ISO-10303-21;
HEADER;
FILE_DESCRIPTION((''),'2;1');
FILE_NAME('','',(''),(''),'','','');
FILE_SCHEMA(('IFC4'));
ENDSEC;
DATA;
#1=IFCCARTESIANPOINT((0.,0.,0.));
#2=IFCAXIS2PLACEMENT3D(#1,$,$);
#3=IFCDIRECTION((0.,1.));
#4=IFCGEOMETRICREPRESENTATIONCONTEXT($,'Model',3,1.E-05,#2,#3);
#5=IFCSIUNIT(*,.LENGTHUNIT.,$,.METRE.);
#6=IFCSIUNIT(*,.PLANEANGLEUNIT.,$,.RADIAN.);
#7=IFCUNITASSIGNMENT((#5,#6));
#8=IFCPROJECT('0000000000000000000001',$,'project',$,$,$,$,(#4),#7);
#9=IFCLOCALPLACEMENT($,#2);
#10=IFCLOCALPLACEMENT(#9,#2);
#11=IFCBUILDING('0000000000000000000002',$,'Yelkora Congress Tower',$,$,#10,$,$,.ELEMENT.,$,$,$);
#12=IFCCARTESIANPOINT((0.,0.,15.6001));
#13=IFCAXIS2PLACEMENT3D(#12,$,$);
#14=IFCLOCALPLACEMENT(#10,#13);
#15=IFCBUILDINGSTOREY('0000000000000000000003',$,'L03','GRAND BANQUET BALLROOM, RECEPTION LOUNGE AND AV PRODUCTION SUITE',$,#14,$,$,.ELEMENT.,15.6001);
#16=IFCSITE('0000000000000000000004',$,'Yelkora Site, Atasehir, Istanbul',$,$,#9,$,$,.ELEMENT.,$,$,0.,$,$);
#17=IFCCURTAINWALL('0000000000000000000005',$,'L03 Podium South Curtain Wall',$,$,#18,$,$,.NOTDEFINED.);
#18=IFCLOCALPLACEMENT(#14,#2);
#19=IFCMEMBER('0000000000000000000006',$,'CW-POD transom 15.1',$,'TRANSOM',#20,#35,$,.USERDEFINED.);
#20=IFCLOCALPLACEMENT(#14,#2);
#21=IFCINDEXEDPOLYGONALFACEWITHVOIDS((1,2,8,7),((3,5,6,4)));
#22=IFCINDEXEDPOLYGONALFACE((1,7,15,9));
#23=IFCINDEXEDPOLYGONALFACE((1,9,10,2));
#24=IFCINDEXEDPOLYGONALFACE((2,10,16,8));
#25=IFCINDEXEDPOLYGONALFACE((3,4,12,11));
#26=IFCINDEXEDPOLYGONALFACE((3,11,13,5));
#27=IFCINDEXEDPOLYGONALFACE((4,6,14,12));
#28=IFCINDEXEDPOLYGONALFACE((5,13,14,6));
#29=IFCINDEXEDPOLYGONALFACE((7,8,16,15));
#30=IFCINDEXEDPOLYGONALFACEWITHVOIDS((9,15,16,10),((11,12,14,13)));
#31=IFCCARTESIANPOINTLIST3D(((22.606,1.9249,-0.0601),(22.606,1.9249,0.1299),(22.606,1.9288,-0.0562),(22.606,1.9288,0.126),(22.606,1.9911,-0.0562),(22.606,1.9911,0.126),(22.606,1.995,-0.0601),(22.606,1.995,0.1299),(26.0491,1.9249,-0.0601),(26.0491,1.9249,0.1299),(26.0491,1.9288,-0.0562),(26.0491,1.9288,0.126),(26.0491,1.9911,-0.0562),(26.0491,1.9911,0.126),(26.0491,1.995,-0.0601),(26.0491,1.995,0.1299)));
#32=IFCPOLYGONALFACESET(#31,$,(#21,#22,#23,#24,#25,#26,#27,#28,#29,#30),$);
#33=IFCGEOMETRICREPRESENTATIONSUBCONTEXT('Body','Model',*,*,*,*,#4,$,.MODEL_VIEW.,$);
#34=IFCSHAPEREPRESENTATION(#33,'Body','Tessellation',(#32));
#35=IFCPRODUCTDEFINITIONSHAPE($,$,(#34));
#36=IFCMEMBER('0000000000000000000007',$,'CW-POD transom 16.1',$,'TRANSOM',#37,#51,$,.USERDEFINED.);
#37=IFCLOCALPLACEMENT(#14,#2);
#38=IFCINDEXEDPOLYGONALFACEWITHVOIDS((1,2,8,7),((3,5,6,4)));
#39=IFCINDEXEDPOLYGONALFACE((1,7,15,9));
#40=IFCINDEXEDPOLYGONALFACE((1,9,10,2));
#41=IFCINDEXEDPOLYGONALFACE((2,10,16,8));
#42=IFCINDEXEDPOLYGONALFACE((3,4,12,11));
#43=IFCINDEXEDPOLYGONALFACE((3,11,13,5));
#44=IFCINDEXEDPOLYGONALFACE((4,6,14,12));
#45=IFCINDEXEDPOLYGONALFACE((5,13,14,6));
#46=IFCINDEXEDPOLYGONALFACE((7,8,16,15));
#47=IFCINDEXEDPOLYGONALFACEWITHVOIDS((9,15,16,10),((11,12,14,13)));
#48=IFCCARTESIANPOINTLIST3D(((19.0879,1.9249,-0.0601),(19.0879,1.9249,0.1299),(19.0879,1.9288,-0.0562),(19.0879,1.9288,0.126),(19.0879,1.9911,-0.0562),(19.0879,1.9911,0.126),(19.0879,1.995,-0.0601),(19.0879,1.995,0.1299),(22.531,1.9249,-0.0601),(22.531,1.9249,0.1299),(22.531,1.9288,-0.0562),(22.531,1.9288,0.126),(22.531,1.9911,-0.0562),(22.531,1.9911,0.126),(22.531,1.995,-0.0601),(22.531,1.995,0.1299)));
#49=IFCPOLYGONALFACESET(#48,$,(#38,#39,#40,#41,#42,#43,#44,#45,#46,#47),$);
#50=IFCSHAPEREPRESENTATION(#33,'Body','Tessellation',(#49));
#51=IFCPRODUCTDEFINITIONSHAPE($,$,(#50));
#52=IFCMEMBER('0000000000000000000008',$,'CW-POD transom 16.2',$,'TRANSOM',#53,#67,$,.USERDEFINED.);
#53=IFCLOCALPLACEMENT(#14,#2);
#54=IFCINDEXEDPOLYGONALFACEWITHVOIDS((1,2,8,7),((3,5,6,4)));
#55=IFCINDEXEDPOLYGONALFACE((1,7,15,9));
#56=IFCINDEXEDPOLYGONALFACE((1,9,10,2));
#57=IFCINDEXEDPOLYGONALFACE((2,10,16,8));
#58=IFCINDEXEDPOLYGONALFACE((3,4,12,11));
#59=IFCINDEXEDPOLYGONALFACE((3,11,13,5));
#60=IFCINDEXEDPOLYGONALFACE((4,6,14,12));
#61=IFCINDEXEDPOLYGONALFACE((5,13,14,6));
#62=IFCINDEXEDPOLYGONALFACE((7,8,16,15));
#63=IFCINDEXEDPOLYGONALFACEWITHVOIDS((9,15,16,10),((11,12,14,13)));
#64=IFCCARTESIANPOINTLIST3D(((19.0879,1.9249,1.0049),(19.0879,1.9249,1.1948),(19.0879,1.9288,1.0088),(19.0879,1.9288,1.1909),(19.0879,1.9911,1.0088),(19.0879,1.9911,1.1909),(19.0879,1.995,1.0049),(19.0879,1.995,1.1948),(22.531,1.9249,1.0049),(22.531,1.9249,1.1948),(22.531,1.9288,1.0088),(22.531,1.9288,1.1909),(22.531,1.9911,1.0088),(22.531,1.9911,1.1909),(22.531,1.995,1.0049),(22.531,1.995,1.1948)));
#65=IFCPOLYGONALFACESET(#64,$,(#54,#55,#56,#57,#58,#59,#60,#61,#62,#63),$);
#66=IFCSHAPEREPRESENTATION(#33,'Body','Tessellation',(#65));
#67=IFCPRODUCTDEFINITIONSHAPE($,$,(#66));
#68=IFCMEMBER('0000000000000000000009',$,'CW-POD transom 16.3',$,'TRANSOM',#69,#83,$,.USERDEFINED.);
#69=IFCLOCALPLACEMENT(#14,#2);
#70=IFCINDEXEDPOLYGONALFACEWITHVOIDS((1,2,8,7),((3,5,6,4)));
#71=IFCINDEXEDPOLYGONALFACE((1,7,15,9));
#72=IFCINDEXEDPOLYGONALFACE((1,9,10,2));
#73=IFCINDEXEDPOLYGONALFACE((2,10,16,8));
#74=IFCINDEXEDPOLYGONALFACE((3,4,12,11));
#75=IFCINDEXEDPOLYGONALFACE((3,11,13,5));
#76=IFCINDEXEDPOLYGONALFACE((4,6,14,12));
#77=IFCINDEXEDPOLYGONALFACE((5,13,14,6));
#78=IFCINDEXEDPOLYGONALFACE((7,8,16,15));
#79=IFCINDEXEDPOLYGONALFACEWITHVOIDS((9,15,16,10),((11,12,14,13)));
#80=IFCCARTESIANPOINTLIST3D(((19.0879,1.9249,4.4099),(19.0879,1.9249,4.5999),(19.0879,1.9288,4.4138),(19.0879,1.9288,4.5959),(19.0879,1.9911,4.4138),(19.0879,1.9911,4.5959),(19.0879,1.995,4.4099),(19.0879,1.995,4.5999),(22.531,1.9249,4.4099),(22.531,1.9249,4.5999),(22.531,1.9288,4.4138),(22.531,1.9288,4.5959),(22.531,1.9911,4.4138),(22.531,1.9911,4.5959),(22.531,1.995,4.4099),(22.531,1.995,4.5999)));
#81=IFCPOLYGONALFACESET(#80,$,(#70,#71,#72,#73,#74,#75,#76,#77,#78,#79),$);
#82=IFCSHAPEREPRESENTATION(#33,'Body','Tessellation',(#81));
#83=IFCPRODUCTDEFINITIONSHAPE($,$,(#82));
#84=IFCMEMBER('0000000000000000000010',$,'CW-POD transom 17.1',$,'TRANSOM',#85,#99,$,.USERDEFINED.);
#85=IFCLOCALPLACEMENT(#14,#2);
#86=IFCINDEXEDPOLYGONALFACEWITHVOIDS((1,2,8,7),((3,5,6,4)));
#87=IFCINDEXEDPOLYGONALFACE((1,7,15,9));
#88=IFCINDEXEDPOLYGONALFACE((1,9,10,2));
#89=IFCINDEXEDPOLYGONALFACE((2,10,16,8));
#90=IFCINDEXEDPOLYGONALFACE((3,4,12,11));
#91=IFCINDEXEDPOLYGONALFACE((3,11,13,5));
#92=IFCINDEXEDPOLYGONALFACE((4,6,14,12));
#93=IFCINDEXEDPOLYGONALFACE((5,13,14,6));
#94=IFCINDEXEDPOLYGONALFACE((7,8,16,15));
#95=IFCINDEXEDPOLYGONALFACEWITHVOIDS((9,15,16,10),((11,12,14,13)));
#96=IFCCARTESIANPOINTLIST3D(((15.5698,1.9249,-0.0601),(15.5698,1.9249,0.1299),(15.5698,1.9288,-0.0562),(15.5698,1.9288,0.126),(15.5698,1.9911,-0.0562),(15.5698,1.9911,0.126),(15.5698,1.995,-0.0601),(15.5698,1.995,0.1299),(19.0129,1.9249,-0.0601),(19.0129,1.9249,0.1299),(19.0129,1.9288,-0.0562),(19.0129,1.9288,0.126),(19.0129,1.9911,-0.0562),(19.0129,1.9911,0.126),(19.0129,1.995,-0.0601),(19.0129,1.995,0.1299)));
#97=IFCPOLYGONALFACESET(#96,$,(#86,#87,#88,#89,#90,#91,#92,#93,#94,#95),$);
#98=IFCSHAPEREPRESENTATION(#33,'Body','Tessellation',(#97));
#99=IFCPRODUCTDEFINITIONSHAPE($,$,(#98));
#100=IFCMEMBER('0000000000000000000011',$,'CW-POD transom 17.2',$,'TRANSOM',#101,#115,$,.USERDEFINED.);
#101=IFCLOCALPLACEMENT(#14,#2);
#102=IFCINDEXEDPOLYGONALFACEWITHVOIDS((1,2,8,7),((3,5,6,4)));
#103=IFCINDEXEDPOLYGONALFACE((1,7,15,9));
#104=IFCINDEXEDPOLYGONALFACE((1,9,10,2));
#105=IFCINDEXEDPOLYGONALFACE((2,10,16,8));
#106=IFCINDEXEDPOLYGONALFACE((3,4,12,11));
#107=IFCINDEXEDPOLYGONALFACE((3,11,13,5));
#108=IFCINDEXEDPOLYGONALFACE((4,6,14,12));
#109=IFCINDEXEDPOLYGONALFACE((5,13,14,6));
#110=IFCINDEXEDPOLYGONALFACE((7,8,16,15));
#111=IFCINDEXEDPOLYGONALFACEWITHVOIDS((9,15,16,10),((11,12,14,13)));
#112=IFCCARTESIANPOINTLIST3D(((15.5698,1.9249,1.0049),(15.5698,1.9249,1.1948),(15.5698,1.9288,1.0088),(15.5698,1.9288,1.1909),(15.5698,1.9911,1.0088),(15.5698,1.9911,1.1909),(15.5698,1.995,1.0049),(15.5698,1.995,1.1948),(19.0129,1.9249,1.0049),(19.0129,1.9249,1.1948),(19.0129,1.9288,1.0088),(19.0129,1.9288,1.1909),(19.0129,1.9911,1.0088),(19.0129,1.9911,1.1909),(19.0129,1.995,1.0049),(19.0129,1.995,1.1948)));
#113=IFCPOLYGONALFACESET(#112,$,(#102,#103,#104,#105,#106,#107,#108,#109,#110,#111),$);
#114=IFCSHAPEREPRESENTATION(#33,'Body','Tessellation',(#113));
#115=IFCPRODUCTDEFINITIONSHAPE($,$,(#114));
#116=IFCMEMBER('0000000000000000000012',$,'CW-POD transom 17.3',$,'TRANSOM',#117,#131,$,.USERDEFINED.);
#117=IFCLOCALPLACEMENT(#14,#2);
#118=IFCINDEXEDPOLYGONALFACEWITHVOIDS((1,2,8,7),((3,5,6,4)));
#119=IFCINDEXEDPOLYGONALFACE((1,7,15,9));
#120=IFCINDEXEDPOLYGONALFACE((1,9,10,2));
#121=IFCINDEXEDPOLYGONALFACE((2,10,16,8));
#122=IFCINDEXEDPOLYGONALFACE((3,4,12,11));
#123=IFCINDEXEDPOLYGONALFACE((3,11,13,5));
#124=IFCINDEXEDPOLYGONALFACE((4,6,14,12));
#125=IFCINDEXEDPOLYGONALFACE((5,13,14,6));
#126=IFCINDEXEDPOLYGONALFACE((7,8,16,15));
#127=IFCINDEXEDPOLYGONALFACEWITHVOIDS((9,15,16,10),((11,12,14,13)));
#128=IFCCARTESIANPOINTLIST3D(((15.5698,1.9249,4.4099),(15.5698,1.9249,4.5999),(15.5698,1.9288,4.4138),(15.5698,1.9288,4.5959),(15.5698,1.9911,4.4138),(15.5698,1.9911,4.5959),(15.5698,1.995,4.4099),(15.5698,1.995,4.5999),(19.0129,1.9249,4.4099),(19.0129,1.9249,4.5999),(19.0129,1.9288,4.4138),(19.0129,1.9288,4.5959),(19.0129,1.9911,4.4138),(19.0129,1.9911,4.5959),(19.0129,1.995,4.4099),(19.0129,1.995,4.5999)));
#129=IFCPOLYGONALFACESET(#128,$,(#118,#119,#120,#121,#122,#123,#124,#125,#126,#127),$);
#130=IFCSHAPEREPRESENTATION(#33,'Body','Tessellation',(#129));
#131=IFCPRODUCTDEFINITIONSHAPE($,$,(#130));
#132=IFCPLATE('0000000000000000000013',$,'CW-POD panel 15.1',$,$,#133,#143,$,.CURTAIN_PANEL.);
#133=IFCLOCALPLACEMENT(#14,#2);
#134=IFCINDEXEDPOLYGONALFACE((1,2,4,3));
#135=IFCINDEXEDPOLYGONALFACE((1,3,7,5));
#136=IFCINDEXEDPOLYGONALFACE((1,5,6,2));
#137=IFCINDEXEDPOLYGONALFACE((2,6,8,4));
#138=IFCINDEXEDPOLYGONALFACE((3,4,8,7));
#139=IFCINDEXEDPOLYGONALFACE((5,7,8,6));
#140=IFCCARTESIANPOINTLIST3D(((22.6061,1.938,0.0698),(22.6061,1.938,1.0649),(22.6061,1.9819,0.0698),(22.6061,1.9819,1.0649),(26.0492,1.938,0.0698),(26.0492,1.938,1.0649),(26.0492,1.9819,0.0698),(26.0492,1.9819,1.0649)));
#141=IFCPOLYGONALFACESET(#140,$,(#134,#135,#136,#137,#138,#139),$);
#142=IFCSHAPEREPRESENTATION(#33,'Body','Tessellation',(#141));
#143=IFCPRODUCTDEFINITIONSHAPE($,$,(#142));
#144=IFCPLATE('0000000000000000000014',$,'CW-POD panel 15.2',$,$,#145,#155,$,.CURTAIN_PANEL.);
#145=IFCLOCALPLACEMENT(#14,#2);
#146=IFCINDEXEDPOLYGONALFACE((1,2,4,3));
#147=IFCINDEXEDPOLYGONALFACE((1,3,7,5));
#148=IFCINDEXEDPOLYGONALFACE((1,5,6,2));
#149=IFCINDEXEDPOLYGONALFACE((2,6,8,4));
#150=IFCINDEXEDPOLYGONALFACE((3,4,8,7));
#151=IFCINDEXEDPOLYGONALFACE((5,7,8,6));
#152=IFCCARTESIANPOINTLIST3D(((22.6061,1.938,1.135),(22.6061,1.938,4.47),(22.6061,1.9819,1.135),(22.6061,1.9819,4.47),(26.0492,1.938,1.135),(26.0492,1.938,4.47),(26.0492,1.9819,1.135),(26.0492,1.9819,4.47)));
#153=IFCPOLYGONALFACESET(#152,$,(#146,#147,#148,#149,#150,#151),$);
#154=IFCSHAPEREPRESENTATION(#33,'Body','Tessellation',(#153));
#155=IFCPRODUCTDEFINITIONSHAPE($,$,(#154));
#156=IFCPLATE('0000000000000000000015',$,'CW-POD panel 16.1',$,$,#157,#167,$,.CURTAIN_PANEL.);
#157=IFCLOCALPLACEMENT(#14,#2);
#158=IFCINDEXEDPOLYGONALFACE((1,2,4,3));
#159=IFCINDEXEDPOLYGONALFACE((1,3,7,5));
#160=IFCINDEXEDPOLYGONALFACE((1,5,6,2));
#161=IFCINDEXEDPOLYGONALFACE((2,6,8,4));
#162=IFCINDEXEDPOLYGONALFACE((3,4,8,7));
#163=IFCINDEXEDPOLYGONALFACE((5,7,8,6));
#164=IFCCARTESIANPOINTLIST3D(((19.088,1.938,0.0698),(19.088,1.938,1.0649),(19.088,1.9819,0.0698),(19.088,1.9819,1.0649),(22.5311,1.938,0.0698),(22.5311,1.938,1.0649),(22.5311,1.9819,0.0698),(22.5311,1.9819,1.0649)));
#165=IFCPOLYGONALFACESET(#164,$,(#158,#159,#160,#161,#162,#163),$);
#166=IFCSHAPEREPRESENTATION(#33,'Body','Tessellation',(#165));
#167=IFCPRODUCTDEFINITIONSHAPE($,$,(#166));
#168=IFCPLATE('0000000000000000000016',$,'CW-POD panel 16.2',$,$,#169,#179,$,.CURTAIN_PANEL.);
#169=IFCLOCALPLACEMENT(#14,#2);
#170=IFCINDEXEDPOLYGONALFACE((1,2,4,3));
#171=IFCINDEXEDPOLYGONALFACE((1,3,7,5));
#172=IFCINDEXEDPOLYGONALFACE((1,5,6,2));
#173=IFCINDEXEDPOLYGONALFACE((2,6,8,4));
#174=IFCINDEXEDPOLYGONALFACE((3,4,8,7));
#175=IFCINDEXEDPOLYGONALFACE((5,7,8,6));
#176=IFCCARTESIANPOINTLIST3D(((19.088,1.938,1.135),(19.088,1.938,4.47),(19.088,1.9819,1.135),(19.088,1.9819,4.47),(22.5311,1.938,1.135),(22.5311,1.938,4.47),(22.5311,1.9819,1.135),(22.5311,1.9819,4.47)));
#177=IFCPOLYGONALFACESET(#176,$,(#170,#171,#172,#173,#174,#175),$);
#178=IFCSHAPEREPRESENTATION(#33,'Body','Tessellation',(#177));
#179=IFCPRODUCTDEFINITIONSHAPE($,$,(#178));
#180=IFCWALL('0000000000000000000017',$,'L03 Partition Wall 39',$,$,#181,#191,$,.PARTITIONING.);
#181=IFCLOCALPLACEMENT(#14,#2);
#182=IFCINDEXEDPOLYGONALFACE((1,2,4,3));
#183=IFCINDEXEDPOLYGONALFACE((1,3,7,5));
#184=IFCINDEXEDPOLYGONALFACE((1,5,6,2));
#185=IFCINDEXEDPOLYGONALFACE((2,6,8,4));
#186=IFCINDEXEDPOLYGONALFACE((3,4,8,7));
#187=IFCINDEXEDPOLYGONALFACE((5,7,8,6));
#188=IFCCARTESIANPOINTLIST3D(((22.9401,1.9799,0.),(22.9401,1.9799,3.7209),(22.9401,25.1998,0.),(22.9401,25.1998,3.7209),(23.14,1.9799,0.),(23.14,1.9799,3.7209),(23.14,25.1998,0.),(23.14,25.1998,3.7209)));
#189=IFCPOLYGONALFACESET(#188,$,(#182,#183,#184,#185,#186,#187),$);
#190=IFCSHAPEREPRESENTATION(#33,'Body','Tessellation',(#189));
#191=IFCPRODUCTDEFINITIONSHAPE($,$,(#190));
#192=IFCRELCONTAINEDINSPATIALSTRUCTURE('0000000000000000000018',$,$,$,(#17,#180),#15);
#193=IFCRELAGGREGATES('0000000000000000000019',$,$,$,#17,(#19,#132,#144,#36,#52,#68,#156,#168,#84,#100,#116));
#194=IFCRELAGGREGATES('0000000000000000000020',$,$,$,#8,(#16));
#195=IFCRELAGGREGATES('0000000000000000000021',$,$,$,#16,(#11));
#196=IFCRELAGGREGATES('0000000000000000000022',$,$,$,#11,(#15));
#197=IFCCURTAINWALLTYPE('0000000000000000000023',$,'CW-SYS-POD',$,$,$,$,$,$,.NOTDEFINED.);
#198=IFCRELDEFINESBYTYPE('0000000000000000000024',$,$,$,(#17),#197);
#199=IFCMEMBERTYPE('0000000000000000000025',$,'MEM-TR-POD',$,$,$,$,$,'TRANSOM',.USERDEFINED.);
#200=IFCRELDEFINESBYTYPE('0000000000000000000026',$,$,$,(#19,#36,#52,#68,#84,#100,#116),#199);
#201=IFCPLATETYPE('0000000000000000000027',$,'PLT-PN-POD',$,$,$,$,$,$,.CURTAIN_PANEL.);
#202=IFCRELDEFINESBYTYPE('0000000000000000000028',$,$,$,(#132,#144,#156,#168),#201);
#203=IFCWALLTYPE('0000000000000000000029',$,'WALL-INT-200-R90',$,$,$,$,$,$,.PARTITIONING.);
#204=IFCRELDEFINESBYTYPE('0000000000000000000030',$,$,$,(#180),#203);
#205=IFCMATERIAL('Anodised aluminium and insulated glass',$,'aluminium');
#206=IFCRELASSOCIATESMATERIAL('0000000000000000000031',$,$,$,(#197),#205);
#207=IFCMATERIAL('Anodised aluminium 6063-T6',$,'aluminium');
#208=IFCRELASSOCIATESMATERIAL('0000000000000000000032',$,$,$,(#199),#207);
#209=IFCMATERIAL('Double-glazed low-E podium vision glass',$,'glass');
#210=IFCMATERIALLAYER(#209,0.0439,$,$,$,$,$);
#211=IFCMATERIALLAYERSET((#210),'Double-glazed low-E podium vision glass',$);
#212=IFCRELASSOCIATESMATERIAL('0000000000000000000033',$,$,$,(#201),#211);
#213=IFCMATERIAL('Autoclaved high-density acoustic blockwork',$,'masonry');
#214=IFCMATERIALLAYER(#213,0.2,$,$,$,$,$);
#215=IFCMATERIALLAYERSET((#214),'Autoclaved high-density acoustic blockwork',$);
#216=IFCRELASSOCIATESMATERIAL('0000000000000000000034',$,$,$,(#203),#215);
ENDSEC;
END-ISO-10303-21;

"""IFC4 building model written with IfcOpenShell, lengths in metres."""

from ifc_helpers import new_model, si_unit, direction, frame, frame_2d, origin, origin_2d, place, context, subcontext, project, spatial, rectangle, hollow_rectangle, extrude, material, layer, layer_set, material_profile, profile_set, type_object, element, aggregate, save


model = new_model("IFC4")

# Units and contexts
model_context = context("Model", 3, precision=1e-05, world=origin(), true_north=direction((0.0, 1.0)))
body_context = subcontext(model_context, "Body", "Model", "MODEL_VIEW")
ifc_project = project(units=[si_unit("LENGTHUNIT", "METRE"), si_unit("PLANEANGLEUNIT", "RADIAN")], contexts=[model_context])

# Site, building, storey
site_placement = place(None, origin())
site = spatial("IfcSite", under=ifc_project, at=site_placement, Name="Yelkora Site, Atasehir, Istanbul", CompositionType="ELEMENT", RefElevation=0.0)
building_placement = place(site_placement, origin())
building = spatial("IfcBuilding", under=site, at=building_placement, Name="Yelkora Congress Tower", CompositionType="ELEMENT")
storey_placement = place(building_placement, frame((0.0, 0.0, 15.6001)))
storey = spatial("IfcBuildingStorey", under=building, at=storey_placement, Name="L03", Description="GRAND BANQUET BALLROOM, RECEPTION LOUNGE AND AV PRODUCTION SUITE", CompositionType="ELEMENT", Elevation=15.6001)

# Curtain wall, members, plates
ifc_material_1 = material(Name="Anodised aluminium and insulated glass", Category="aluminium")
curtain_wall_type = type_object("IfcCurtainWallType", Name="CW-SYS-POD", PredefinedType="NOTDEFINED", material=ifc_material_1)
curtain_wall_placement = place(storey_placement, origin())
curtain_wall = element("IfcCurtainWall", 1, at=curtain_wall_placement, inside=storey, type_object=curtain_wall_type, Name="L03 Podium South Curtain Wall", PredefinedType="NOTDEFINED")
ifc_material_2 = material(Name="Anodised aluminium 6063-T6", Category="aluminium")
ifc_material_profile_1 = material_profile(ifc_material_2, hollow_rectangle(XDim=0.0701, YDim=0.1899, WallThickness=0.0039, at=origin_2d()), Name="ALU 70x190x4")
ifc_profile_set_1 = profile_set([ifc_material_profile_1], Name="Anodised aluminium 6063-T6")
member_type_1 = type_object("IfcMemberType", Name="MEM-TR-POD", ElementType="TRANSOM", PredefinedType="USERDEFINED", material=ifc_profile_set_1)
member_1_placement = place(storey_placement, frame((26.0491, 1.96, 0.0349), z_axis=(-1.0, 0.0, 0.0), x_axis=(0.0, -1.0, 0.0)))
member_1 = element("IfcMember", 2, at=member_1_placement, type_object=member_type_1, Name="CW-POD transom 15.1", ObjectType="TRANSOM", PredefinedType="USERDEFINED", context=body_context, shape_type="SweptSolid", body=[
    extrude(hollow_rectangle(XDim=0.0701, YDim=0.1899, WallThickness=0.0039, at=origin_2d()), origin(), (0.0, 0.0, 1.0), 3.4431),
])
member_2_placement = place(storey_placement, frame((22.531, 1.96, 0.0349), z_axis=(-1.0, 0.0, 0.0), x_axis=(0.0, -1.0, 0.0)))
member_2 = element("IfcMember", 3, at=member_2_placement, type_object=member_type_1, Name="CW-POD transom 16.1", ObjectType="TRANSOM", PredefinedType="USERDEFINED", context=body_context, shape_type="SweptSolid", body=[
    extrude(hollow_rectangle(XDim=0.0701, YDim=0.1899, WallThickness=0.0039, at=origin_2d()), origin(), (0.0, 0.0, 1.0), 3.4431),
])
member_3_placement = place(storey_placement, frame((22.531, 1.96, 1.0999), z_axis=(-1.0, 0.0, 0.0), x_axis=(0.0, -1.0, 0.0)))
member_3 = element("IfcMember", 4, at=member_3_placement, type_object=member_type_1, Name="CW-POD transom 16.2", ObjectType="TRANSOM", PredefinedType="USERDEFINED", context=body_context, shape_type="SweptSolid", body=[
    extrude(hollow_rectangle(XDim=0.0701, YDim=0.1899, WallThickness=0.0039, at=origin_2d()), origin(), (0.0, 0.0, 1.0), 3.4431),
])
member_4_placement = place(storey_placement, frame((22.531, 1.96, 4.5049), z_axis=(-1.0, 0.0, 0.0), x_axis=(0.0, -1.0, 0.0)))
member_4 = element("IfcMember", 5, at=member_4_placement, type_object=member_type_1, Name="CW-POD transom 16.3", ObjectType="TRANSOM", PredefinedType="USERDEFINED", context=body_context, shape_type="SweptSolid", body=[
    extrude(hollow_rectangle(XDim=0.0701, YDim=0.1899, WallThickness=0.0039, at=origin_2d()), origin(), (0.0, 0.0, 1.0), 3.4431),
])
member_5_placement = place(storey_placement, frame((19.0129, 1.96, 0.0349), z_axis=(-1.0, 0.0, 0.0), x_axis=(0.0, -1.0, 0.0)))
member_5 = element("IfcMember", 6, at=member_5_placement, type_object=member_type_1, Name="CW-POD transom 17.1", ObjectType="TRANSOM", PredefinedType="USERDEFINED", context=body_context, shape_type="SweptSolid", body=[
    extrude(hollow_rectangle(XDim=0.0701, YDim=0.1899, WallThickness=0.0039, at=origin_2d()), origin(), (0.0, 0.0, 1.0), 3.4431),
])
member_6_placement = place(storey_placement, frame((19.0129, 1.96, 1.0999), z_axis=(-1.0, 0.0, 0.0), x_axis=(0.0, -1.0, 0.0)))
member_6 = element("IfcMember", 7, at=member_6_placement, type_object=member_type_1, Name="CW-POD transom 17.2", ObjectType="TRANSOM", PredefinedType="USERDEFINED", context=body_context, shape_type="SweptSolid", body=[
    extrude(hollow_rectangle(XDim=0.0701, YDim=0.1899, WallThickness=0.0039, at=origin_2d()), origin(), (0.0, 0.0, 1.0), 3.4431),
])
member_7_placement = place(storey_placement, frame((19.0129, 1.96, 4.5049), z_axis=(-1.0, 0.0, 0.0), x_axis=(0.0, -1.0, 0.0)))
member_7 = element("IfcMember", 8, at=member_7_placement, type_object=member_type_1, Name="CW-POD transom 17.3", ObjectType="TRANSOM", PredefinedType="USERDEFINED", context=body_context, shape_type="SweptSolid", body=[
    extrude(hollow_rectangle(XDim=0.0701, YDim=0.1899, WallThickness=0.0039, at=origin_2d()), origin(), (0.0, 0.0, 1.0), 3.4431),
])
ifc_material_3 = material(Name="Double-glazed low-E podium vision glass", Category="glass")
ifc_layer_1 = layer(ifc_material_3, 0.0439)
ifc_layer_set_1 = layer_set([ifc_layer_1], Name="Double-glazed low-E podium vision glass")
plate_type = type_object("IfcPlateType", Name="PLT-PN-POD", PredefinedType="CURTAIN_PANEL", material=ifc_layer_set_1)
plate_1_placement = place(storey_placement, frame((24.3276, 1.96, 0.0698), z_axis=(0.0, 0.0, 1.0), x_axis=(-1.0, 0.0, 0.0)))
plate_1 = element("IfcPlate", 9, at=plate_1_placement, type_object=plate_type, Name="CW-POD panel 15.1", PredefinedType="CURTAIN_PANEL", context=body_context, shape_type="SweptSolid", body=[
    extrude(rectangle(XDim=3.4431, YDim=0.0439, at=origin_2d()), origin(), (0.0, 0.0, 1.0), 0.9951),
])
plate_2_placement = place(storey_placement, frame((24.3276, 1.96, 1.135), z_axis=(0.0, 0.0, 1.0), x_axis=(-1.0, 0.0, 0.0)))
plate_2 = element("IfcPlate", 10, at=plate_2_placement, type_object=plate_type, Name="CW-POD panel 15.2", PredefinedType="CURTAIN_PANEL", context=body_context, shape_type="SweptSolid", body=[
    extrude(rectangle(XDim=3.4431, YDim=0.0439, at=origin_2d()), origin(), (0.0, 0.0, 1.0), 3.335),
])
plate_3_placement = place(storey_placement, frame((20.8096, 1.96, 0.0698), z_axis=(0.0, 0.0, 1.0), x_axis=(-1.0, 0.0, 0.0)))
plate_3 = element("IfcPlate", 11, at=plate_3_placement, type_object=plate_type, Name="CW-POD panel 16.1", PredefinedType="CURTAIN_PANEL", context=body_context, shape_type="SweptSolid", body=[
    extrude(rectangle(XDim=3.4431, YDim=0.0439, at=origin_2d()), origin(), (0.0, 0.0, 1.0), 0.9951),
])
plate_4_placement = place(storey_placement, frame((20.8096, 1.96, 1.135), z_axis=(0.0, 0.0, 1.0), x_axis=(-1.0, 0.0, 0.0)))
plate_4 = element("IfcPlate", 12, at=plate_4_placement, type_object=plate_type, Name="CW-POD panel 16.2", PredefinedType="CURTAIN_PANEL", context=body_context, shape_type="SweptSolid", body=[
    extrude(rectangle(XDim=3.4431, YDim=0.0439, at=origin_2d()), origin(), (0.0, 0.0, 1.0), 3.335),
])
aggregate(curtain_wall, [member_1, plate_1, plate_2, member_2, member_3, member_4, plate_3, plate_4, member_5, member_6, member_7])

# Wall
ifc_material_4 = material(Name="Autoclaved high-density acoustic blockwork", Category="masonry")
ifc_layer_2 = layer(ifc_material_4, 0.2)
ifc_layer_set_2 = layer_set([ifc_layer_2], Name="Autoclaved high-density acoustic blockwork")
wall_type = type_object("IfcWallType", Name="WALL-INT-200-R90", PredefinedType="PARTITIONING", material=ifc_layer_set_2)
wall_placement = place(storey_placement, frame((23.04, 1.98, 0.0), z_axis=(0.0, 0.0, 1.0), x_axis=(0.0, 1.0, 0.0)))
element("IfcWall", 13, at=wall_placement, inside=storey, type_object=wall_type, Name="L03 Partition Wall 39", PredefinedType="PARTITIONING", context=body_context, shape_type="SweptSolid", body=[
    extrude(rectangle(XDim=23.22, YDim=0.2, at=frame_2d((11.6099, 0.0))), origin(), (0.0, 0.0, 1.0), 3.7209),
])

save(model, "model.ifc")
